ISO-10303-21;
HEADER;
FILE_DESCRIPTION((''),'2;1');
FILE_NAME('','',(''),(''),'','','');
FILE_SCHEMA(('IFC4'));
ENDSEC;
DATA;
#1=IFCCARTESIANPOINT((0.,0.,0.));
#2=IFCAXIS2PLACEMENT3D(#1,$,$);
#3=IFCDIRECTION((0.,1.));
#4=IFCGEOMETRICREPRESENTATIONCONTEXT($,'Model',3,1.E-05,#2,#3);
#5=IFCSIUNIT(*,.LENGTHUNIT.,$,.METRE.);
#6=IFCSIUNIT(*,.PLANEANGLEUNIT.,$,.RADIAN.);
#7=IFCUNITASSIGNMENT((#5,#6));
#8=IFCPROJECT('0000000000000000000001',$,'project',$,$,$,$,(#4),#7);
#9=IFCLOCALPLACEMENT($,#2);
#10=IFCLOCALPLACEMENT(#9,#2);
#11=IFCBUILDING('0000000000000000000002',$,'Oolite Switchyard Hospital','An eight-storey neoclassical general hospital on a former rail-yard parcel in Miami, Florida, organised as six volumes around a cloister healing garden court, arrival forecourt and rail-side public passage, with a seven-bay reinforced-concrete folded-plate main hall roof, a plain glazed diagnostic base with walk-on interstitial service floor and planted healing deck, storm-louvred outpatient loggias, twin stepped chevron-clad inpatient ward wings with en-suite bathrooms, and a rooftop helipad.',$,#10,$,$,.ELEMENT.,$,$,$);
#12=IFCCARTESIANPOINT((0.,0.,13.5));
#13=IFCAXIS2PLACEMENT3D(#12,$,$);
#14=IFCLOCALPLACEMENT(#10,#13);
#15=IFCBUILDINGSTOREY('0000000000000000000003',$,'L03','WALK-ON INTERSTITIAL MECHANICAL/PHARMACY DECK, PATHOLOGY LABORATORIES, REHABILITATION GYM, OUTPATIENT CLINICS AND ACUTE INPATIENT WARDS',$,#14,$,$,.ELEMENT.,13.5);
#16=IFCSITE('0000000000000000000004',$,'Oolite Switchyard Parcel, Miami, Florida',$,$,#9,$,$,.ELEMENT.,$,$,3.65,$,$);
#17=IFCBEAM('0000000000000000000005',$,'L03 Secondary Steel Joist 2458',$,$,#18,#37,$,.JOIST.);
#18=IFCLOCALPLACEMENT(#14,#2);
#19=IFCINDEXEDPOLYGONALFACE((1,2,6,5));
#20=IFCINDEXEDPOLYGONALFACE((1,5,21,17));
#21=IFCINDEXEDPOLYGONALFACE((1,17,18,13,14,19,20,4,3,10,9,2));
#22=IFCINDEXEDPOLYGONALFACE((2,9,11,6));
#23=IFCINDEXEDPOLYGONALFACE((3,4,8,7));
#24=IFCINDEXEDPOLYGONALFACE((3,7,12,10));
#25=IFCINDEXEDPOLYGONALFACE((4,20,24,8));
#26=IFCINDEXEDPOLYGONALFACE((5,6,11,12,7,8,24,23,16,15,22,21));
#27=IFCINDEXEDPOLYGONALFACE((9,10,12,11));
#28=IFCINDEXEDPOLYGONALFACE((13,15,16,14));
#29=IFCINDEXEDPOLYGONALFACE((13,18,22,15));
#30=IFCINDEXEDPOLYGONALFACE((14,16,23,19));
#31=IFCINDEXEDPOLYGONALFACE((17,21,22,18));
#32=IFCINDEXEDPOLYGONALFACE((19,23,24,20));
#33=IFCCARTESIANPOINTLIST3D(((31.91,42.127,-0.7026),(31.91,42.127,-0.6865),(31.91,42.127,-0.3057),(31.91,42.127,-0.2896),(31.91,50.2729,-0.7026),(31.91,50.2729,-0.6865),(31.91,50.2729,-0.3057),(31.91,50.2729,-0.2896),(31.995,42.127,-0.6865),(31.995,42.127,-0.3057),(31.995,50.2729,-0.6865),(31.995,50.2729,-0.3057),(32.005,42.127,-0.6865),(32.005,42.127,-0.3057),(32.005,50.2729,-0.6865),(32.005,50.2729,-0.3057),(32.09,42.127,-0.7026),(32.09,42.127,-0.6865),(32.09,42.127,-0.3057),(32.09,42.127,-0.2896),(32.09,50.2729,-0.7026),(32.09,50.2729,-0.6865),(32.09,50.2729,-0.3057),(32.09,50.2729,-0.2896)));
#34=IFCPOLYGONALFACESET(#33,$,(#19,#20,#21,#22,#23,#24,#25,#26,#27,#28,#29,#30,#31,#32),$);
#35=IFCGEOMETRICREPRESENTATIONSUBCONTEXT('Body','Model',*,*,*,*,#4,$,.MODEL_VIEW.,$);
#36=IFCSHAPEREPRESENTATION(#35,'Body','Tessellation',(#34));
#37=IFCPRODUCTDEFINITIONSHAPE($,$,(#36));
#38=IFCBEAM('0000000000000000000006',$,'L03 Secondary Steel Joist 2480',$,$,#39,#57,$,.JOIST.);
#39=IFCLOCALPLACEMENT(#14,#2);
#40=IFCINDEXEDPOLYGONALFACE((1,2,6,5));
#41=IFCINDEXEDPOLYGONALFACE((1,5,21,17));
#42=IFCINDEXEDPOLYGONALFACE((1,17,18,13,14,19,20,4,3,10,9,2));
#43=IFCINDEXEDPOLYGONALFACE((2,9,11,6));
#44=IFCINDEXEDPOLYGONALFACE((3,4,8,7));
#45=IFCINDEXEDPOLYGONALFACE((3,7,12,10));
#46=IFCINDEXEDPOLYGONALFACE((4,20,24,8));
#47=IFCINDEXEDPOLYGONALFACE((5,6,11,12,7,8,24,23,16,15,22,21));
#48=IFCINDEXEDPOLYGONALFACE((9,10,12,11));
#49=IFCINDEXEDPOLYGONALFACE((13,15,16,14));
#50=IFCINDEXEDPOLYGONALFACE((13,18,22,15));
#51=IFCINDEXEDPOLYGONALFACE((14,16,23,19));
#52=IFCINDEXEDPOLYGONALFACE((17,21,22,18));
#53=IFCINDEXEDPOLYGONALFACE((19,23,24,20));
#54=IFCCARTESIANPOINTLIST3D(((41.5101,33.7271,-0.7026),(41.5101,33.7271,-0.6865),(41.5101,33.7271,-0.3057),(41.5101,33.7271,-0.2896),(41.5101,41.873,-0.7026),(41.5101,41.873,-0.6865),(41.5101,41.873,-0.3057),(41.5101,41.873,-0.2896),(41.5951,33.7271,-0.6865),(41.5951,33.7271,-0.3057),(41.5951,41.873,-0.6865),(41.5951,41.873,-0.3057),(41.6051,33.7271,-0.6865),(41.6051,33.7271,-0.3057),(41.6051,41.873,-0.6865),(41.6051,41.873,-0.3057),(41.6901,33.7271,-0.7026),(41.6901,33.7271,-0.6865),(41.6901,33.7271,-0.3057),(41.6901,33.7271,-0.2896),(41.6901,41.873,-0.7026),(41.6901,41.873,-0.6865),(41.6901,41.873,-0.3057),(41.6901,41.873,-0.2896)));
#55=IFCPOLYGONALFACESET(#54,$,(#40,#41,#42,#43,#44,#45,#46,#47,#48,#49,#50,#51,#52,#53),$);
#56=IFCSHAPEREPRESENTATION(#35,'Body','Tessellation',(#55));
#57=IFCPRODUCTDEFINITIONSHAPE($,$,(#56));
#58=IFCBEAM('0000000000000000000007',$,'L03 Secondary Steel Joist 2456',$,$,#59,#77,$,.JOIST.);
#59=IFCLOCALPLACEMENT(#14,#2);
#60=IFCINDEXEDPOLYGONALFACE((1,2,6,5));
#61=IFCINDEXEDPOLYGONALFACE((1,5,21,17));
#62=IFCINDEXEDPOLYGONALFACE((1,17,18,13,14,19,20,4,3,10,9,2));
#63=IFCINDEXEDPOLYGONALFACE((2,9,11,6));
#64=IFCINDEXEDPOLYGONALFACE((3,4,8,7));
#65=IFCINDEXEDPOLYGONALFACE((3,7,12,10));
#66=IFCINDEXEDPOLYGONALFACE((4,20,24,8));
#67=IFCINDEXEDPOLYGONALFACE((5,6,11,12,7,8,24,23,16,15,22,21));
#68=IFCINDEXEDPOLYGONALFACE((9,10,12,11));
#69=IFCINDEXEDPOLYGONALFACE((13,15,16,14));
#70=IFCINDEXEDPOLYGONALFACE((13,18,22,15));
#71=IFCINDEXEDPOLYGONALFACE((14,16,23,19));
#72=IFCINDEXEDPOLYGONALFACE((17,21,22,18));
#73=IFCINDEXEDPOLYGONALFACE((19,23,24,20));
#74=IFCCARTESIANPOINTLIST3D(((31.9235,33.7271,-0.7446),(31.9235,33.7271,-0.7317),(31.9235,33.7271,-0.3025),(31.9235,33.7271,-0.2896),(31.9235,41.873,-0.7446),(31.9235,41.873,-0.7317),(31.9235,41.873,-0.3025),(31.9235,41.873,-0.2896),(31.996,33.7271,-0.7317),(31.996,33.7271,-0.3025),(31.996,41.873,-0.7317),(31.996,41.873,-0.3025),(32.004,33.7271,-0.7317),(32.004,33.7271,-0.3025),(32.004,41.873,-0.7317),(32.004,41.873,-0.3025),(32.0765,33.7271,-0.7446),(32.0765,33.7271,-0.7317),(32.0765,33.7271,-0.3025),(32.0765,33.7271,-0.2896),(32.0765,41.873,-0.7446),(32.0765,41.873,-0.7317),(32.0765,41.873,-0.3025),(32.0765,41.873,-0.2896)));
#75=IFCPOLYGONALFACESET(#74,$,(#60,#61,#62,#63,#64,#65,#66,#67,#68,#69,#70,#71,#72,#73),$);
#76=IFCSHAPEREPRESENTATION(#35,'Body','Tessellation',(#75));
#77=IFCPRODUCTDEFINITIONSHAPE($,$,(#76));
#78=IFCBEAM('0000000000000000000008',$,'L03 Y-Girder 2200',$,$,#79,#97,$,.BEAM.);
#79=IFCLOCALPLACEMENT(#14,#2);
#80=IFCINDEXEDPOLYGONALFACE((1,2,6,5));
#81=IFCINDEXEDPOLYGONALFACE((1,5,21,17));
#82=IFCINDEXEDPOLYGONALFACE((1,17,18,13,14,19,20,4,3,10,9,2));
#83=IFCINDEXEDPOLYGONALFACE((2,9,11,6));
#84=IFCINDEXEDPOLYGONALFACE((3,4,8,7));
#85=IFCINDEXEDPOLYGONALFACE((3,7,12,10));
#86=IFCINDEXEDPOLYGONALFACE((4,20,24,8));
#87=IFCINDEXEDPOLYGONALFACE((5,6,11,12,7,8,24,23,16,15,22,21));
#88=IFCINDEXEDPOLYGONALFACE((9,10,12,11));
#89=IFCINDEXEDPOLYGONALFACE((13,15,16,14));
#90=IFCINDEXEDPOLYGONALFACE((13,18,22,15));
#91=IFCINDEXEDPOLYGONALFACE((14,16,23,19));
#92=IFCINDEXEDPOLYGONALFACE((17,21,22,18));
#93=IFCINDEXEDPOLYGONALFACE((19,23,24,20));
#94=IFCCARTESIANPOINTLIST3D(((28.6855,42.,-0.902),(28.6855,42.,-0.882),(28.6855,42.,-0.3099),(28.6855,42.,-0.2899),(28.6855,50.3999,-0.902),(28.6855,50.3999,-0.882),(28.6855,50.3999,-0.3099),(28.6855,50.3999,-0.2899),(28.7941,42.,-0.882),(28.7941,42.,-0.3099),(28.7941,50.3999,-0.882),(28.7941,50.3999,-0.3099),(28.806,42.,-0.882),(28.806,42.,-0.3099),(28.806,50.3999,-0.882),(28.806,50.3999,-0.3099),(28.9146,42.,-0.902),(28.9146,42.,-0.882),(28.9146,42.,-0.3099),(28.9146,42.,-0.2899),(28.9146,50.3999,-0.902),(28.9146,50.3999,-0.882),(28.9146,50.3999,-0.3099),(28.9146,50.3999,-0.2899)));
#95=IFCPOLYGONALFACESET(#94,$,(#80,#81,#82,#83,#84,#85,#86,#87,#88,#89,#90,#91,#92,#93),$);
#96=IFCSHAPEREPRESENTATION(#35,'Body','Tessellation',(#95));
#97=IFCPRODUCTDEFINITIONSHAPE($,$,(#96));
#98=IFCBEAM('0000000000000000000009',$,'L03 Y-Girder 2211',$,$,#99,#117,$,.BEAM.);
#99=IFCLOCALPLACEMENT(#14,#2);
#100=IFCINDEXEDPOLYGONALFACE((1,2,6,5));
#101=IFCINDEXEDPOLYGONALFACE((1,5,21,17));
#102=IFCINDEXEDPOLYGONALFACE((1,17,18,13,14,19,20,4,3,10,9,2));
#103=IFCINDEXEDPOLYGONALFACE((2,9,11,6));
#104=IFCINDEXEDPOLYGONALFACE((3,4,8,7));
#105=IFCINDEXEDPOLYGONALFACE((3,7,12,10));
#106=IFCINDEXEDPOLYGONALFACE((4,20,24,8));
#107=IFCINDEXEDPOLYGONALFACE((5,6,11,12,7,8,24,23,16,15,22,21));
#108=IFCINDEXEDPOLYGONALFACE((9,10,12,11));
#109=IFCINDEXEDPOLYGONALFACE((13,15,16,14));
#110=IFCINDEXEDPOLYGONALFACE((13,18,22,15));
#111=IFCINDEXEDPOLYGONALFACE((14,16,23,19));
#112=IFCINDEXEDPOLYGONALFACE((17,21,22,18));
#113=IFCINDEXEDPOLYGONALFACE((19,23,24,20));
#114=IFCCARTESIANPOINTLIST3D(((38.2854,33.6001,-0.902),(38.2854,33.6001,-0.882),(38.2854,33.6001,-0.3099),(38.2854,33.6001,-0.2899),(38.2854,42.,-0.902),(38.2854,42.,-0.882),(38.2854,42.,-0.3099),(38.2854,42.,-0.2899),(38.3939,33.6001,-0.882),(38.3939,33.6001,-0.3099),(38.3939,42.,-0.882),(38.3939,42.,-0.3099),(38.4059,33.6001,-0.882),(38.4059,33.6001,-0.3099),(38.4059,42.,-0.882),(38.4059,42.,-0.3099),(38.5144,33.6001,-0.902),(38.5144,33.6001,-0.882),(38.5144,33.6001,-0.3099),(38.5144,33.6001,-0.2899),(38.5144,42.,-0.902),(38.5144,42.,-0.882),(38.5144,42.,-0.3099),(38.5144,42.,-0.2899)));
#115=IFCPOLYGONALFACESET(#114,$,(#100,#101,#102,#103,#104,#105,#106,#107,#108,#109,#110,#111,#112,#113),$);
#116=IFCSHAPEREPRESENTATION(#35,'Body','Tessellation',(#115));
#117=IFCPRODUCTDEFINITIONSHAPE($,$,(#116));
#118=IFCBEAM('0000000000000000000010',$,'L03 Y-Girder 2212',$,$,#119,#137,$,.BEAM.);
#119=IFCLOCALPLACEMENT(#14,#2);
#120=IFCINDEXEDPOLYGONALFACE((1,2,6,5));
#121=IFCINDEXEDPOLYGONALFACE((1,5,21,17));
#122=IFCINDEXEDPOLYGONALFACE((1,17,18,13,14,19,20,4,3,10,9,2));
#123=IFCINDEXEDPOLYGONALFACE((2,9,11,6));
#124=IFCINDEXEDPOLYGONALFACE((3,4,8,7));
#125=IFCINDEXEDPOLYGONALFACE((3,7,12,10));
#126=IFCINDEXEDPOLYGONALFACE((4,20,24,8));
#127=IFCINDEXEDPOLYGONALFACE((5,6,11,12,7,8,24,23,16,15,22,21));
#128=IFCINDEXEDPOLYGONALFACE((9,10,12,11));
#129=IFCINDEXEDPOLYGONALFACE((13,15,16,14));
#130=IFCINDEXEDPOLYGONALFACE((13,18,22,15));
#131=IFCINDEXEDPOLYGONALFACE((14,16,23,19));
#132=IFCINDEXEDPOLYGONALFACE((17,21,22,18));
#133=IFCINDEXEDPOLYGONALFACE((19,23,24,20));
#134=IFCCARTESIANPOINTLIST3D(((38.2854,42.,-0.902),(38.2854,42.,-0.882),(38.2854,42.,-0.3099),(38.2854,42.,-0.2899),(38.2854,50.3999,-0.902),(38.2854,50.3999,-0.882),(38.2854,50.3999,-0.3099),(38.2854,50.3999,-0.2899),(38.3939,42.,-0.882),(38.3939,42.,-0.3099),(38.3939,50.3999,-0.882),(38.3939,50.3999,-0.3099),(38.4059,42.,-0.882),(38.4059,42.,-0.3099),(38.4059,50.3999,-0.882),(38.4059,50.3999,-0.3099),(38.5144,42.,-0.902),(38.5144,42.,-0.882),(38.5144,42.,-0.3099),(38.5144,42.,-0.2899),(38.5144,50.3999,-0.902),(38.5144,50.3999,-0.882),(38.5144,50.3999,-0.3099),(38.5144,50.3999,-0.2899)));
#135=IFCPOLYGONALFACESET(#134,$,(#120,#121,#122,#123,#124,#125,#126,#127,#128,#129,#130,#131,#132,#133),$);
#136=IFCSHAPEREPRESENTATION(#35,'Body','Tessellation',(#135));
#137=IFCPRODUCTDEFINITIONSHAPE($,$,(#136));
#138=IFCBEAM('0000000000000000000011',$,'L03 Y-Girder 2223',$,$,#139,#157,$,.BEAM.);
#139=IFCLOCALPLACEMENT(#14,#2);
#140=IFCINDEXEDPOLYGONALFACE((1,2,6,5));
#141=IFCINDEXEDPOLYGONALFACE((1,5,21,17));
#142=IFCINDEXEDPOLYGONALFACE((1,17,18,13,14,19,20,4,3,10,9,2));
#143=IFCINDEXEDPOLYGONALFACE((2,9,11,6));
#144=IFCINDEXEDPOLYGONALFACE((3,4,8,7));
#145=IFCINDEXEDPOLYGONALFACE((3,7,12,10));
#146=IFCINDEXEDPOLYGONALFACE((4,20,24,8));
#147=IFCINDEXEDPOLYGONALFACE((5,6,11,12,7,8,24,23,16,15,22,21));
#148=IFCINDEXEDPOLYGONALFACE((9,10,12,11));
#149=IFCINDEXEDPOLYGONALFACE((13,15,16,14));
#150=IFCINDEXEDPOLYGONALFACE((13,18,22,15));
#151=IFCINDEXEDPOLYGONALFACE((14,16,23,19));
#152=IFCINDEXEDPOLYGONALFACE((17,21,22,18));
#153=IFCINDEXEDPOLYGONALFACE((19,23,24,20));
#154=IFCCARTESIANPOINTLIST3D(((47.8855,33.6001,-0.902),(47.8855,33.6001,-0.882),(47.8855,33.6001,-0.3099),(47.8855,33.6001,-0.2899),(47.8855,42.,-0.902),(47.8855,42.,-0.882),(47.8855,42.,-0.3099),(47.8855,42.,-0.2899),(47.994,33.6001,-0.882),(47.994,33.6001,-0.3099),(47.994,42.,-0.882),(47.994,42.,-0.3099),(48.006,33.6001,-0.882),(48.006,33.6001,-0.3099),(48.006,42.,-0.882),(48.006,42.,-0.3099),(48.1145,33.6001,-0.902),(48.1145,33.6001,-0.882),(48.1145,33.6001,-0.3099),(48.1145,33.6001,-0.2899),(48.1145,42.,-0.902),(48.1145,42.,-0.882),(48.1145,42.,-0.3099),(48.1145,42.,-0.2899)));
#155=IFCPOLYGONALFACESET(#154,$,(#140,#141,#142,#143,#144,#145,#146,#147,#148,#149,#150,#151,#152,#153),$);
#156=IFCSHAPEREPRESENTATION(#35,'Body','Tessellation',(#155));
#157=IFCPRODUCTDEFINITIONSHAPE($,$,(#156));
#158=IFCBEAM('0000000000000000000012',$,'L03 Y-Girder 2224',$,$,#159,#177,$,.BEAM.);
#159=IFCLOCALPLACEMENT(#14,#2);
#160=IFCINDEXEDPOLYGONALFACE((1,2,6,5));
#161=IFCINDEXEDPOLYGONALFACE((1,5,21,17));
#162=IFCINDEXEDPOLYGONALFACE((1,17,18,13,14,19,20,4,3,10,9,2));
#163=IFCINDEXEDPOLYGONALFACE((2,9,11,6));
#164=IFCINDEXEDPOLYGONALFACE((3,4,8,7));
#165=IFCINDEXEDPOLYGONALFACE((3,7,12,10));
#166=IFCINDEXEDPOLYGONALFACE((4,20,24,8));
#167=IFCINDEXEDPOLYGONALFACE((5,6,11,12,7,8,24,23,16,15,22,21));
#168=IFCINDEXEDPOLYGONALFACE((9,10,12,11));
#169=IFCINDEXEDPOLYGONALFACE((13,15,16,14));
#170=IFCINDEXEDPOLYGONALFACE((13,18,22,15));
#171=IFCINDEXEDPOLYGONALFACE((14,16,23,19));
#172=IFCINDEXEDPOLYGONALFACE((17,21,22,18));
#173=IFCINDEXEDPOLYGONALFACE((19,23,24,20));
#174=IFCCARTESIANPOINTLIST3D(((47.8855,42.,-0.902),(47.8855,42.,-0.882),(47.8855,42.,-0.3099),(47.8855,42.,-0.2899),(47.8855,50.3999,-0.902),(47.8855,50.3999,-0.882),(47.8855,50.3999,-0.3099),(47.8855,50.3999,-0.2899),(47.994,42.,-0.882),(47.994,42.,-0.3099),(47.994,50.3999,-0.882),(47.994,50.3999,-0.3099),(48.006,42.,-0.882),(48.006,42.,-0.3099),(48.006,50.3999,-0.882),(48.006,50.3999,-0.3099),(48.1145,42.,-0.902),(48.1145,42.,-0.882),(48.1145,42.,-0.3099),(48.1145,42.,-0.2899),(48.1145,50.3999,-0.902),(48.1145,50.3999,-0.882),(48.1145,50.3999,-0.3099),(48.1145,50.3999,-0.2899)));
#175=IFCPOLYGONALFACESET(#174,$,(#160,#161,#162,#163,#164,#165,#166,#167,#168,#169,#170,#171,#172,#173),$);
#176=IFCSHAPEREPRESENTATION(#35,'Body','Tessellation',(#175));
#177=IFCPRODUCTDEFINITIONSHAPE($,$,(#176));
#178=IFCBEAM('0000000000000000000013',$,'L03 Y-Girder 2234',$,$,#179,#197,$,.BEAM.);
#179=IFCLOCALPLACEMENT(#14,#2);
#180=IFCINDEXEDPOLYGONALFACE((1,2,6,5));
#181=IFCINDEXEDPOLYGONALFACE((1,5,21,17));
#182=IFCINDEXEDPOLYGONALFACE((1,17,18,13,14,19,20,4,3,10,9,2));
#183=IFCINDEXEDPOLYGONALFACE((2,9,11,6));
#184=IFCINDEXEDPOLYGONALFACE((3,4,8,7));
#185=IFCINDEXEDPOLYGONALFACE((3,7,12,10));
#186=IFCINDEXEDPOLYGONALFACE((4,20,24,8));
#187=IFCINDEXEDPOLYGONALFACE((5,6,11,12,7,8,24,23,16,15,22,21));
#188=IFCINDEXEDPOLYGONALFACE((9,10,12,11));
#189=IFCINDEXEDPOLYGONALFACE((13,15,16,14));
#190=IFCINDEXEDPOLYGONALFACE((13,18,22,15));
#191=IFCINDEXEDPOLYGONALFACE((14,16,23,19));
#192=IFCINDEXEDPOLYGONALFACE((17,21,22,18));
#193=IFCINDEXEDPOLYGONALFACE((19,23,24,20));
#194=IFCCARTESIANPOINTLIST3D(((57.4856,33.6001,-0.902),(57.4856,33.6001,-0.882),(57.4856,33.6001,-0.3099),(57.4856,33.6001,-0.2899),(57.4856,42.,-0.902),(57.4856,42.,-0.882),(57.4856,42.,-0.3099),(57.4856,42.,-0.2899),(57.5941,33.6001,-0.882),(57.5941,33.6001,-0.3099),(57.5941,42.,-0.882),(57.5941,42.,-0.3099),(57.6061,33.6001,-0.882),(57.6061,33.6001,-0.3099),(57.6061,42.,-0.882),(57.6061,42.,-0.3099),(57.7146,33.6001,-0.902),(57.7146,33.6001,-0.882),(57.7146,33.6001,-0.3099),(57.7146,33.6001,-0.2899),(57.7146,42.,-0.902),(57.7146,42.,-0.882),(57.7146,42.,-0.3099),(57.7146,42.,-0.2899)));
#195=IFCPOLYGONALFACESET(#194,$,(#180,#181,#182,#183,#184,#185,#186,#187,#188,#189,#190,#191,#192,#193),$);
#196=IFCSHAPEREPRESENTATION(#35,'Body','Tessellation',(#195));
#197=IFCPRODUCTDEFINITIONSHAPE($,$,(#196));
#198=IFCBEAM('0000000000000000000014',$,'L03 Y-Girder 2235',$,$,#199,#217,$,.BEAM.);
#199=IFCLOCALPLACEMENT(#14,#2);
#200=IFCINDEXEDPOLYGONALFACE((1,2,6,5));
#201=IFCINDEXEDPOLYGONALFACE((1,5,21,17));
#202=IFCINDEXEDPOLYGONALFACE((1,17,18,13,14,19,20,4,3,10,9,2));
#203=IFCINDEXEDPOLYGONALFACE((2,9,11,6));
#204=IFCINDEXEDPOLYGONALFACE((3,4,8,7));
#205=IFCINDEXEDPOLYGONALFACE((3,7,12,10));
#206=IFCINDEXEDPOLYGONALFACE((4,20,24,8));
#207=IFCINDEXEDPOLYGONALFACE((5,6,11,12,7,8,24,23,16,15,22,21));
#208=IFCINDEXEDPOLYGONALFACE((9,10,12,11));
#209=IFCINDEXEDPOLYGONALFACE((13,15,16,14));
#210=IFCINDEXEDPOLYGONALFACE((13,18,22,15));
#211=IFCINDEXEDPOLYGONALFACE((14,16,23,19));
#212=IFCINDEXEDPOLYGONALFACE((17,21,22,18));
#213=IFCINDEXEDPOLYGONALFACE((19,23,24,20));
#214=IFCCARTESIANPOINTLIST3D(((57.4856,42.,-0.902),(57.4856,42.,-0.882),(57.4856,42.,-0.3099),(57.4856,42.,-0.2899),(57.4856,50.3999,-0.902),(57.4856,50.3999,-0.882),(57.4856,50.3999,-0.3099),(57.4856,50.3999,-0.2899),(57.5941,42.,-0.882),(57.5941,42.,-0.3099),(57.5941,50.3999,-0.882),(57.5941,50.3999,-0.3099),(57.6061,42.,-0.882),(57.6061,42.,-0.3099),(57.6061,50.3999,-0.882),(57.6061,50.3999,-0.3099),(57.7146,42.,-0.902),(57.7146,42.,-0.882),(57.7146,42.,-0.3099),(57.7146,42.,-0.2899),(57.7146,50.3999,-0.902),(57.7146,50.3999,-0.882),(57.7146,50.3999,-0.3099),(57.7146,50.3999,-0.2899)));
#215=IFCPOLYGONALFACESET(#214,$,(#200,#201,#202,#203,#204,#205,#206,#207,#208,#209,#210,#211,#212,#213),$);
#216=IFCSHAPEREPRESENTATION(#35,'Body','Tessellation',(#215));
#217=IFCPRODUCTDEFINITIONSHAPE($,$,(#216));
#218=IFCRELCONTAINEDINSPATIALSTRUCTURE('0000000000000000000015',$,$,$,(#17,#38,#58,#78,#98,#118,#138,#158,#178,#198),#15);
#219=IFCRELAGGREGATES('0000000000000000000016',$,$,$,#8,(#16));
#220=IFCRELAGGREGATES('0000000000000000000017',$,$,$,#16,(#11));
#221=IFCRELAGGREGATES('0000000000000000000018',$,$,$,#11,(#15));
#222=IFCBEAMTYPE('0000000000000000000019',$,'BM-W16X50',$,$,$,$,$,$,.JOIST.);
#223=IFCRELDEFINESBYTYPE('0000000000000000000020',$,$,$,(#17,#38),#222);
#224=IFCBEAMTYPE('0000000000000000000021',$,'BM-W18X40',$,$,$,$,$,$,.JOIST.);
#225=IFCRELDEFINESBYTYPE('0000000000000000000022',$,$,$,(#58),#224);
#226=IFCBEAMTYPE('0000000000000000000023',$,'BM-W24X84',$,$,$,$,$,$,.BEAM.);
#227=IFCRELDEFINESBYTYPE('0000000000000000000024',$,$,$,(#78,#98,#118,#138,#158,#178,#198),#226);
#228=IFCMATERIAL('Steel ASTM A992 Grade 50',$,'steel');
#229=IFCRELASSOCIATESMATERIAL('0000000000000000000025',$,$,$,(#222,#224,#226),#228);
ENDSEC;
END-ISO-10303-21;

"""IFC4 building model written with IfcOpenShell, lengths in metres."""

from ifc_helpers import new_model, si_unit, direction, frame, origin, origin_2d, place, context, subcontext, project, spatial, i_section, extrude, material, material_profile, profile_set, type_object, element, save


model = new_model("IFC4")

# Units and contexts
model_context = context("Model", 3, precision=1e-05, world=origin(), true_north=direction((0.0, 1.0)))
body_context = subcontext(model_context, "Body", "Model", "MODEL_VIEW")
ifc_project = project(units=[si_unit("LENGTHUNIT", "METRE"), si_unit("PLANEANGLEUNIT", "RADIAN")], contexts=[model_context])

# Site, building, storey
site_placement = place(None, origin())
site = spatial("IfcSite", under=ifc_project, at=site_placement, Name="Oolite Switchyard Parcel, Miami, Florida", CompositionType="ELEMENT", RefElevation=3.65)
building_placement = place(site_placement, origin())
building = spatial("IfcBuilding", under=site, at=building_placement, Name="Oolite Switchyard Hospital", Description="An eight-storey neoclassical general hospital on a former rail-yard parcel in Miami, Florida, organised as six volumes around a cloister healing garden court, arrival forecourt and rail-side public passage, with a seven-bay reinforced-concrete folded-plate main hall roof, a plain glazed diagnostic base with walk-on interstitial service floor and planted healing deck, storm-louvred outpatient loggias, twin stepped chevron-clad inpatient ward wings with en-suite bathrooms, and a rooftop helipad.", CompositionType="ELEMENT")
storey_placement = place(building_placement, frame((0.0, 0.0, 13.5)))
storey = spatial("IfcBuildingStorey", under=building, at=storey_placement, Name="L03", Description="WALK-ON INTERSTITIAL MECHANICAL/PHARMACY DECK, PATHOLOGY LABORATORIES, REHABILITATION GYM, OUTPATIENT CLINICS AND ACUTE INPATIENT WARDS", CompositionType="ELEMENT", Elevation=13.5)

# Beams
ifc_material_1 = material(Name="Steel ASTM A992 Grade 50", Category="steel")
ifc_material_profile_1 = material_profile(ifc_material_1, i_section(OverallWidth=0.1799, OverallDepth=0.4131, WebThickness=0.01, FlangeThickness=0.0161, at=origin_2d()), Name="W16X50")
ifc_profile_set_1 = profile_set([ifc_material_profile_1], Name="Steel ASTM A992 Grade 50")
beam_type_1 = type_object("IfcBeamType", Name="BM-W16X50", PredefinedType="JOIST", material=ifc_profile_set_1)
for number, where, z_axis, x_axis, name in (
    (1, (32.0, 42.127, -0.4961), (0.0, 1.0, 0.0), (-1.0, 0.0, 0.0), "L03 Secondary Steel Joist 2458"),
    (2, (41.6001, 33.7271, -0.4961), (0.0, 1.0, 0.0), (-1.0, 0.0, 0.0), "L03 Secondary Steel Joist 2480"),
):
    element("IfcBeam", number, at=place(storey_placement, frame(where, z_axis=z_axis, x_axis=x_axis)), inside=storey, type_object=beam_type_1, Name=name, PredefinedType="JOIST", context=body_context, shape_type="SweptSolid", body=[
        extrude(i_section(OverallWidth=0.1799, OverallDepth=0.4131, WebThickness=0.01, FlangeThickness=0.0161, at=origin_2d()), origin(), (0.0, 0.0, 1.0), 8.146),
    ])
ifc_material_profile_2 = material_profile(ifc_material_1, i_section(OverallWidth=0.1531, OverallDepth=0.4551, WebThickness=0.0081, FlangeThickness=0.0129, at=origin_2d()), Name="W18X40")
ifc_profile_set_2 = profile_set([ifc_material_profile_2], Name="Steel ASTM A992 Grade 50")
beam_type_2 = type_object("IfcBeamType", Name="BM-W18X40", PredefinedType="JOIST", material=ifc_profile_set_2)
beam_1_placement = place(storey_placement, frame((32.0, 33.7271, -0.5171), z_axis=(0.0, 1.0, 0.0), x_axis=(-1.0, 0.0, 0.0)))
element("IfcBeam", 3, at=beam_1_placement, inside=storey, type_object=beam_type_2, Name="L03 Secondary Steel Joist 2456", PredefinedType="JOIST", context=body_context, shape_type="SweptSolid", body=[
    extrude(i_section(OverallWidth=0.1531, OverallDepth=0.4551, WebThickness=0.0081, FlangeThickness=0.0129, at=origin_2d()), origin(), (0.0, 0.0, 1.0), 8.146),
])
ifc_material_profile_3 = material_profile(ifc_material_1, i_section(OverallWidth=0.229, OverallDepth=0.6121, WebThickness=0.012, FlangeThickness=0.02, at=origin_2d()), Name="W24X84")
ifc_profile_set_3 = profile_set([ifc_material_profile_3], Name="Steel ASTM A992 Grade 50")
beam_type_3 = type_object("IfcBeamType", Name="BM-W24X84", PredefinedType="BEAM", material=ifc_profile_set_3)
for number, where, z_axis, x_axis, name in (
    (4, (28.8, 42.0, -0.5959), (0.0, 1.0, 0.0), (-1.0, 0.0, 0.0), "L03 Y-Girder 2200"),
    (5, (38.3999, 33.6001, -0.5959), (0.0, 1.0, 0.0), (-1.0, 0.0, 0.0), "L03 Y-Girder 2211"),
    (6, (38.3999, 42.0, -0.5959), (0.0, 1.0, 0.0), (-1.0, 0.0, 0.0), "L03 Y-Girder 2212"),
    (7, (48.0, 33.6001, -0.5959), (0.0, 1.0, 0.0), (-1.0, 0.0, 0.0), "L03 Y-Girder 2223"),
    (8, (48.0, 42.0, -0.5959), (0.0, 1.0, 0.0), (-1.0, 0.0, 0.0), "L03 Y-Girder 2224"),
    (9, (57.6001, 33.6001, -0.5959), (0.0, 1.0, 0.0), (-1.0, 0.0, 0.0), "L03 Y-Girder 2234"),
    (10, (57.6001, 42.0, -0.5959), (0.0, 1.0, 0.0), (-1.0, 0.0, 0.0), "L03 Y-Girder 2235"),
):
    element("IfcBeam", number, at=place(storey_placement, frame(where, z_axis=z_axis, x_axis=x_axis)), inside=storey, type_object=beam_type_3, Name=name, PredefinedType="BEAM", context=body_context, shape_type="SweptSolid", body=[
        extrude(i_section(OverallWidth=0.229, OverallDepth=0.6121, WebThickness=0.012, FlangeThickness=0.02, at=origin_2d()), origin(), (0.0, 0.0, 1.0), 8.3999),
    ])

save(model, "model.ifc")
